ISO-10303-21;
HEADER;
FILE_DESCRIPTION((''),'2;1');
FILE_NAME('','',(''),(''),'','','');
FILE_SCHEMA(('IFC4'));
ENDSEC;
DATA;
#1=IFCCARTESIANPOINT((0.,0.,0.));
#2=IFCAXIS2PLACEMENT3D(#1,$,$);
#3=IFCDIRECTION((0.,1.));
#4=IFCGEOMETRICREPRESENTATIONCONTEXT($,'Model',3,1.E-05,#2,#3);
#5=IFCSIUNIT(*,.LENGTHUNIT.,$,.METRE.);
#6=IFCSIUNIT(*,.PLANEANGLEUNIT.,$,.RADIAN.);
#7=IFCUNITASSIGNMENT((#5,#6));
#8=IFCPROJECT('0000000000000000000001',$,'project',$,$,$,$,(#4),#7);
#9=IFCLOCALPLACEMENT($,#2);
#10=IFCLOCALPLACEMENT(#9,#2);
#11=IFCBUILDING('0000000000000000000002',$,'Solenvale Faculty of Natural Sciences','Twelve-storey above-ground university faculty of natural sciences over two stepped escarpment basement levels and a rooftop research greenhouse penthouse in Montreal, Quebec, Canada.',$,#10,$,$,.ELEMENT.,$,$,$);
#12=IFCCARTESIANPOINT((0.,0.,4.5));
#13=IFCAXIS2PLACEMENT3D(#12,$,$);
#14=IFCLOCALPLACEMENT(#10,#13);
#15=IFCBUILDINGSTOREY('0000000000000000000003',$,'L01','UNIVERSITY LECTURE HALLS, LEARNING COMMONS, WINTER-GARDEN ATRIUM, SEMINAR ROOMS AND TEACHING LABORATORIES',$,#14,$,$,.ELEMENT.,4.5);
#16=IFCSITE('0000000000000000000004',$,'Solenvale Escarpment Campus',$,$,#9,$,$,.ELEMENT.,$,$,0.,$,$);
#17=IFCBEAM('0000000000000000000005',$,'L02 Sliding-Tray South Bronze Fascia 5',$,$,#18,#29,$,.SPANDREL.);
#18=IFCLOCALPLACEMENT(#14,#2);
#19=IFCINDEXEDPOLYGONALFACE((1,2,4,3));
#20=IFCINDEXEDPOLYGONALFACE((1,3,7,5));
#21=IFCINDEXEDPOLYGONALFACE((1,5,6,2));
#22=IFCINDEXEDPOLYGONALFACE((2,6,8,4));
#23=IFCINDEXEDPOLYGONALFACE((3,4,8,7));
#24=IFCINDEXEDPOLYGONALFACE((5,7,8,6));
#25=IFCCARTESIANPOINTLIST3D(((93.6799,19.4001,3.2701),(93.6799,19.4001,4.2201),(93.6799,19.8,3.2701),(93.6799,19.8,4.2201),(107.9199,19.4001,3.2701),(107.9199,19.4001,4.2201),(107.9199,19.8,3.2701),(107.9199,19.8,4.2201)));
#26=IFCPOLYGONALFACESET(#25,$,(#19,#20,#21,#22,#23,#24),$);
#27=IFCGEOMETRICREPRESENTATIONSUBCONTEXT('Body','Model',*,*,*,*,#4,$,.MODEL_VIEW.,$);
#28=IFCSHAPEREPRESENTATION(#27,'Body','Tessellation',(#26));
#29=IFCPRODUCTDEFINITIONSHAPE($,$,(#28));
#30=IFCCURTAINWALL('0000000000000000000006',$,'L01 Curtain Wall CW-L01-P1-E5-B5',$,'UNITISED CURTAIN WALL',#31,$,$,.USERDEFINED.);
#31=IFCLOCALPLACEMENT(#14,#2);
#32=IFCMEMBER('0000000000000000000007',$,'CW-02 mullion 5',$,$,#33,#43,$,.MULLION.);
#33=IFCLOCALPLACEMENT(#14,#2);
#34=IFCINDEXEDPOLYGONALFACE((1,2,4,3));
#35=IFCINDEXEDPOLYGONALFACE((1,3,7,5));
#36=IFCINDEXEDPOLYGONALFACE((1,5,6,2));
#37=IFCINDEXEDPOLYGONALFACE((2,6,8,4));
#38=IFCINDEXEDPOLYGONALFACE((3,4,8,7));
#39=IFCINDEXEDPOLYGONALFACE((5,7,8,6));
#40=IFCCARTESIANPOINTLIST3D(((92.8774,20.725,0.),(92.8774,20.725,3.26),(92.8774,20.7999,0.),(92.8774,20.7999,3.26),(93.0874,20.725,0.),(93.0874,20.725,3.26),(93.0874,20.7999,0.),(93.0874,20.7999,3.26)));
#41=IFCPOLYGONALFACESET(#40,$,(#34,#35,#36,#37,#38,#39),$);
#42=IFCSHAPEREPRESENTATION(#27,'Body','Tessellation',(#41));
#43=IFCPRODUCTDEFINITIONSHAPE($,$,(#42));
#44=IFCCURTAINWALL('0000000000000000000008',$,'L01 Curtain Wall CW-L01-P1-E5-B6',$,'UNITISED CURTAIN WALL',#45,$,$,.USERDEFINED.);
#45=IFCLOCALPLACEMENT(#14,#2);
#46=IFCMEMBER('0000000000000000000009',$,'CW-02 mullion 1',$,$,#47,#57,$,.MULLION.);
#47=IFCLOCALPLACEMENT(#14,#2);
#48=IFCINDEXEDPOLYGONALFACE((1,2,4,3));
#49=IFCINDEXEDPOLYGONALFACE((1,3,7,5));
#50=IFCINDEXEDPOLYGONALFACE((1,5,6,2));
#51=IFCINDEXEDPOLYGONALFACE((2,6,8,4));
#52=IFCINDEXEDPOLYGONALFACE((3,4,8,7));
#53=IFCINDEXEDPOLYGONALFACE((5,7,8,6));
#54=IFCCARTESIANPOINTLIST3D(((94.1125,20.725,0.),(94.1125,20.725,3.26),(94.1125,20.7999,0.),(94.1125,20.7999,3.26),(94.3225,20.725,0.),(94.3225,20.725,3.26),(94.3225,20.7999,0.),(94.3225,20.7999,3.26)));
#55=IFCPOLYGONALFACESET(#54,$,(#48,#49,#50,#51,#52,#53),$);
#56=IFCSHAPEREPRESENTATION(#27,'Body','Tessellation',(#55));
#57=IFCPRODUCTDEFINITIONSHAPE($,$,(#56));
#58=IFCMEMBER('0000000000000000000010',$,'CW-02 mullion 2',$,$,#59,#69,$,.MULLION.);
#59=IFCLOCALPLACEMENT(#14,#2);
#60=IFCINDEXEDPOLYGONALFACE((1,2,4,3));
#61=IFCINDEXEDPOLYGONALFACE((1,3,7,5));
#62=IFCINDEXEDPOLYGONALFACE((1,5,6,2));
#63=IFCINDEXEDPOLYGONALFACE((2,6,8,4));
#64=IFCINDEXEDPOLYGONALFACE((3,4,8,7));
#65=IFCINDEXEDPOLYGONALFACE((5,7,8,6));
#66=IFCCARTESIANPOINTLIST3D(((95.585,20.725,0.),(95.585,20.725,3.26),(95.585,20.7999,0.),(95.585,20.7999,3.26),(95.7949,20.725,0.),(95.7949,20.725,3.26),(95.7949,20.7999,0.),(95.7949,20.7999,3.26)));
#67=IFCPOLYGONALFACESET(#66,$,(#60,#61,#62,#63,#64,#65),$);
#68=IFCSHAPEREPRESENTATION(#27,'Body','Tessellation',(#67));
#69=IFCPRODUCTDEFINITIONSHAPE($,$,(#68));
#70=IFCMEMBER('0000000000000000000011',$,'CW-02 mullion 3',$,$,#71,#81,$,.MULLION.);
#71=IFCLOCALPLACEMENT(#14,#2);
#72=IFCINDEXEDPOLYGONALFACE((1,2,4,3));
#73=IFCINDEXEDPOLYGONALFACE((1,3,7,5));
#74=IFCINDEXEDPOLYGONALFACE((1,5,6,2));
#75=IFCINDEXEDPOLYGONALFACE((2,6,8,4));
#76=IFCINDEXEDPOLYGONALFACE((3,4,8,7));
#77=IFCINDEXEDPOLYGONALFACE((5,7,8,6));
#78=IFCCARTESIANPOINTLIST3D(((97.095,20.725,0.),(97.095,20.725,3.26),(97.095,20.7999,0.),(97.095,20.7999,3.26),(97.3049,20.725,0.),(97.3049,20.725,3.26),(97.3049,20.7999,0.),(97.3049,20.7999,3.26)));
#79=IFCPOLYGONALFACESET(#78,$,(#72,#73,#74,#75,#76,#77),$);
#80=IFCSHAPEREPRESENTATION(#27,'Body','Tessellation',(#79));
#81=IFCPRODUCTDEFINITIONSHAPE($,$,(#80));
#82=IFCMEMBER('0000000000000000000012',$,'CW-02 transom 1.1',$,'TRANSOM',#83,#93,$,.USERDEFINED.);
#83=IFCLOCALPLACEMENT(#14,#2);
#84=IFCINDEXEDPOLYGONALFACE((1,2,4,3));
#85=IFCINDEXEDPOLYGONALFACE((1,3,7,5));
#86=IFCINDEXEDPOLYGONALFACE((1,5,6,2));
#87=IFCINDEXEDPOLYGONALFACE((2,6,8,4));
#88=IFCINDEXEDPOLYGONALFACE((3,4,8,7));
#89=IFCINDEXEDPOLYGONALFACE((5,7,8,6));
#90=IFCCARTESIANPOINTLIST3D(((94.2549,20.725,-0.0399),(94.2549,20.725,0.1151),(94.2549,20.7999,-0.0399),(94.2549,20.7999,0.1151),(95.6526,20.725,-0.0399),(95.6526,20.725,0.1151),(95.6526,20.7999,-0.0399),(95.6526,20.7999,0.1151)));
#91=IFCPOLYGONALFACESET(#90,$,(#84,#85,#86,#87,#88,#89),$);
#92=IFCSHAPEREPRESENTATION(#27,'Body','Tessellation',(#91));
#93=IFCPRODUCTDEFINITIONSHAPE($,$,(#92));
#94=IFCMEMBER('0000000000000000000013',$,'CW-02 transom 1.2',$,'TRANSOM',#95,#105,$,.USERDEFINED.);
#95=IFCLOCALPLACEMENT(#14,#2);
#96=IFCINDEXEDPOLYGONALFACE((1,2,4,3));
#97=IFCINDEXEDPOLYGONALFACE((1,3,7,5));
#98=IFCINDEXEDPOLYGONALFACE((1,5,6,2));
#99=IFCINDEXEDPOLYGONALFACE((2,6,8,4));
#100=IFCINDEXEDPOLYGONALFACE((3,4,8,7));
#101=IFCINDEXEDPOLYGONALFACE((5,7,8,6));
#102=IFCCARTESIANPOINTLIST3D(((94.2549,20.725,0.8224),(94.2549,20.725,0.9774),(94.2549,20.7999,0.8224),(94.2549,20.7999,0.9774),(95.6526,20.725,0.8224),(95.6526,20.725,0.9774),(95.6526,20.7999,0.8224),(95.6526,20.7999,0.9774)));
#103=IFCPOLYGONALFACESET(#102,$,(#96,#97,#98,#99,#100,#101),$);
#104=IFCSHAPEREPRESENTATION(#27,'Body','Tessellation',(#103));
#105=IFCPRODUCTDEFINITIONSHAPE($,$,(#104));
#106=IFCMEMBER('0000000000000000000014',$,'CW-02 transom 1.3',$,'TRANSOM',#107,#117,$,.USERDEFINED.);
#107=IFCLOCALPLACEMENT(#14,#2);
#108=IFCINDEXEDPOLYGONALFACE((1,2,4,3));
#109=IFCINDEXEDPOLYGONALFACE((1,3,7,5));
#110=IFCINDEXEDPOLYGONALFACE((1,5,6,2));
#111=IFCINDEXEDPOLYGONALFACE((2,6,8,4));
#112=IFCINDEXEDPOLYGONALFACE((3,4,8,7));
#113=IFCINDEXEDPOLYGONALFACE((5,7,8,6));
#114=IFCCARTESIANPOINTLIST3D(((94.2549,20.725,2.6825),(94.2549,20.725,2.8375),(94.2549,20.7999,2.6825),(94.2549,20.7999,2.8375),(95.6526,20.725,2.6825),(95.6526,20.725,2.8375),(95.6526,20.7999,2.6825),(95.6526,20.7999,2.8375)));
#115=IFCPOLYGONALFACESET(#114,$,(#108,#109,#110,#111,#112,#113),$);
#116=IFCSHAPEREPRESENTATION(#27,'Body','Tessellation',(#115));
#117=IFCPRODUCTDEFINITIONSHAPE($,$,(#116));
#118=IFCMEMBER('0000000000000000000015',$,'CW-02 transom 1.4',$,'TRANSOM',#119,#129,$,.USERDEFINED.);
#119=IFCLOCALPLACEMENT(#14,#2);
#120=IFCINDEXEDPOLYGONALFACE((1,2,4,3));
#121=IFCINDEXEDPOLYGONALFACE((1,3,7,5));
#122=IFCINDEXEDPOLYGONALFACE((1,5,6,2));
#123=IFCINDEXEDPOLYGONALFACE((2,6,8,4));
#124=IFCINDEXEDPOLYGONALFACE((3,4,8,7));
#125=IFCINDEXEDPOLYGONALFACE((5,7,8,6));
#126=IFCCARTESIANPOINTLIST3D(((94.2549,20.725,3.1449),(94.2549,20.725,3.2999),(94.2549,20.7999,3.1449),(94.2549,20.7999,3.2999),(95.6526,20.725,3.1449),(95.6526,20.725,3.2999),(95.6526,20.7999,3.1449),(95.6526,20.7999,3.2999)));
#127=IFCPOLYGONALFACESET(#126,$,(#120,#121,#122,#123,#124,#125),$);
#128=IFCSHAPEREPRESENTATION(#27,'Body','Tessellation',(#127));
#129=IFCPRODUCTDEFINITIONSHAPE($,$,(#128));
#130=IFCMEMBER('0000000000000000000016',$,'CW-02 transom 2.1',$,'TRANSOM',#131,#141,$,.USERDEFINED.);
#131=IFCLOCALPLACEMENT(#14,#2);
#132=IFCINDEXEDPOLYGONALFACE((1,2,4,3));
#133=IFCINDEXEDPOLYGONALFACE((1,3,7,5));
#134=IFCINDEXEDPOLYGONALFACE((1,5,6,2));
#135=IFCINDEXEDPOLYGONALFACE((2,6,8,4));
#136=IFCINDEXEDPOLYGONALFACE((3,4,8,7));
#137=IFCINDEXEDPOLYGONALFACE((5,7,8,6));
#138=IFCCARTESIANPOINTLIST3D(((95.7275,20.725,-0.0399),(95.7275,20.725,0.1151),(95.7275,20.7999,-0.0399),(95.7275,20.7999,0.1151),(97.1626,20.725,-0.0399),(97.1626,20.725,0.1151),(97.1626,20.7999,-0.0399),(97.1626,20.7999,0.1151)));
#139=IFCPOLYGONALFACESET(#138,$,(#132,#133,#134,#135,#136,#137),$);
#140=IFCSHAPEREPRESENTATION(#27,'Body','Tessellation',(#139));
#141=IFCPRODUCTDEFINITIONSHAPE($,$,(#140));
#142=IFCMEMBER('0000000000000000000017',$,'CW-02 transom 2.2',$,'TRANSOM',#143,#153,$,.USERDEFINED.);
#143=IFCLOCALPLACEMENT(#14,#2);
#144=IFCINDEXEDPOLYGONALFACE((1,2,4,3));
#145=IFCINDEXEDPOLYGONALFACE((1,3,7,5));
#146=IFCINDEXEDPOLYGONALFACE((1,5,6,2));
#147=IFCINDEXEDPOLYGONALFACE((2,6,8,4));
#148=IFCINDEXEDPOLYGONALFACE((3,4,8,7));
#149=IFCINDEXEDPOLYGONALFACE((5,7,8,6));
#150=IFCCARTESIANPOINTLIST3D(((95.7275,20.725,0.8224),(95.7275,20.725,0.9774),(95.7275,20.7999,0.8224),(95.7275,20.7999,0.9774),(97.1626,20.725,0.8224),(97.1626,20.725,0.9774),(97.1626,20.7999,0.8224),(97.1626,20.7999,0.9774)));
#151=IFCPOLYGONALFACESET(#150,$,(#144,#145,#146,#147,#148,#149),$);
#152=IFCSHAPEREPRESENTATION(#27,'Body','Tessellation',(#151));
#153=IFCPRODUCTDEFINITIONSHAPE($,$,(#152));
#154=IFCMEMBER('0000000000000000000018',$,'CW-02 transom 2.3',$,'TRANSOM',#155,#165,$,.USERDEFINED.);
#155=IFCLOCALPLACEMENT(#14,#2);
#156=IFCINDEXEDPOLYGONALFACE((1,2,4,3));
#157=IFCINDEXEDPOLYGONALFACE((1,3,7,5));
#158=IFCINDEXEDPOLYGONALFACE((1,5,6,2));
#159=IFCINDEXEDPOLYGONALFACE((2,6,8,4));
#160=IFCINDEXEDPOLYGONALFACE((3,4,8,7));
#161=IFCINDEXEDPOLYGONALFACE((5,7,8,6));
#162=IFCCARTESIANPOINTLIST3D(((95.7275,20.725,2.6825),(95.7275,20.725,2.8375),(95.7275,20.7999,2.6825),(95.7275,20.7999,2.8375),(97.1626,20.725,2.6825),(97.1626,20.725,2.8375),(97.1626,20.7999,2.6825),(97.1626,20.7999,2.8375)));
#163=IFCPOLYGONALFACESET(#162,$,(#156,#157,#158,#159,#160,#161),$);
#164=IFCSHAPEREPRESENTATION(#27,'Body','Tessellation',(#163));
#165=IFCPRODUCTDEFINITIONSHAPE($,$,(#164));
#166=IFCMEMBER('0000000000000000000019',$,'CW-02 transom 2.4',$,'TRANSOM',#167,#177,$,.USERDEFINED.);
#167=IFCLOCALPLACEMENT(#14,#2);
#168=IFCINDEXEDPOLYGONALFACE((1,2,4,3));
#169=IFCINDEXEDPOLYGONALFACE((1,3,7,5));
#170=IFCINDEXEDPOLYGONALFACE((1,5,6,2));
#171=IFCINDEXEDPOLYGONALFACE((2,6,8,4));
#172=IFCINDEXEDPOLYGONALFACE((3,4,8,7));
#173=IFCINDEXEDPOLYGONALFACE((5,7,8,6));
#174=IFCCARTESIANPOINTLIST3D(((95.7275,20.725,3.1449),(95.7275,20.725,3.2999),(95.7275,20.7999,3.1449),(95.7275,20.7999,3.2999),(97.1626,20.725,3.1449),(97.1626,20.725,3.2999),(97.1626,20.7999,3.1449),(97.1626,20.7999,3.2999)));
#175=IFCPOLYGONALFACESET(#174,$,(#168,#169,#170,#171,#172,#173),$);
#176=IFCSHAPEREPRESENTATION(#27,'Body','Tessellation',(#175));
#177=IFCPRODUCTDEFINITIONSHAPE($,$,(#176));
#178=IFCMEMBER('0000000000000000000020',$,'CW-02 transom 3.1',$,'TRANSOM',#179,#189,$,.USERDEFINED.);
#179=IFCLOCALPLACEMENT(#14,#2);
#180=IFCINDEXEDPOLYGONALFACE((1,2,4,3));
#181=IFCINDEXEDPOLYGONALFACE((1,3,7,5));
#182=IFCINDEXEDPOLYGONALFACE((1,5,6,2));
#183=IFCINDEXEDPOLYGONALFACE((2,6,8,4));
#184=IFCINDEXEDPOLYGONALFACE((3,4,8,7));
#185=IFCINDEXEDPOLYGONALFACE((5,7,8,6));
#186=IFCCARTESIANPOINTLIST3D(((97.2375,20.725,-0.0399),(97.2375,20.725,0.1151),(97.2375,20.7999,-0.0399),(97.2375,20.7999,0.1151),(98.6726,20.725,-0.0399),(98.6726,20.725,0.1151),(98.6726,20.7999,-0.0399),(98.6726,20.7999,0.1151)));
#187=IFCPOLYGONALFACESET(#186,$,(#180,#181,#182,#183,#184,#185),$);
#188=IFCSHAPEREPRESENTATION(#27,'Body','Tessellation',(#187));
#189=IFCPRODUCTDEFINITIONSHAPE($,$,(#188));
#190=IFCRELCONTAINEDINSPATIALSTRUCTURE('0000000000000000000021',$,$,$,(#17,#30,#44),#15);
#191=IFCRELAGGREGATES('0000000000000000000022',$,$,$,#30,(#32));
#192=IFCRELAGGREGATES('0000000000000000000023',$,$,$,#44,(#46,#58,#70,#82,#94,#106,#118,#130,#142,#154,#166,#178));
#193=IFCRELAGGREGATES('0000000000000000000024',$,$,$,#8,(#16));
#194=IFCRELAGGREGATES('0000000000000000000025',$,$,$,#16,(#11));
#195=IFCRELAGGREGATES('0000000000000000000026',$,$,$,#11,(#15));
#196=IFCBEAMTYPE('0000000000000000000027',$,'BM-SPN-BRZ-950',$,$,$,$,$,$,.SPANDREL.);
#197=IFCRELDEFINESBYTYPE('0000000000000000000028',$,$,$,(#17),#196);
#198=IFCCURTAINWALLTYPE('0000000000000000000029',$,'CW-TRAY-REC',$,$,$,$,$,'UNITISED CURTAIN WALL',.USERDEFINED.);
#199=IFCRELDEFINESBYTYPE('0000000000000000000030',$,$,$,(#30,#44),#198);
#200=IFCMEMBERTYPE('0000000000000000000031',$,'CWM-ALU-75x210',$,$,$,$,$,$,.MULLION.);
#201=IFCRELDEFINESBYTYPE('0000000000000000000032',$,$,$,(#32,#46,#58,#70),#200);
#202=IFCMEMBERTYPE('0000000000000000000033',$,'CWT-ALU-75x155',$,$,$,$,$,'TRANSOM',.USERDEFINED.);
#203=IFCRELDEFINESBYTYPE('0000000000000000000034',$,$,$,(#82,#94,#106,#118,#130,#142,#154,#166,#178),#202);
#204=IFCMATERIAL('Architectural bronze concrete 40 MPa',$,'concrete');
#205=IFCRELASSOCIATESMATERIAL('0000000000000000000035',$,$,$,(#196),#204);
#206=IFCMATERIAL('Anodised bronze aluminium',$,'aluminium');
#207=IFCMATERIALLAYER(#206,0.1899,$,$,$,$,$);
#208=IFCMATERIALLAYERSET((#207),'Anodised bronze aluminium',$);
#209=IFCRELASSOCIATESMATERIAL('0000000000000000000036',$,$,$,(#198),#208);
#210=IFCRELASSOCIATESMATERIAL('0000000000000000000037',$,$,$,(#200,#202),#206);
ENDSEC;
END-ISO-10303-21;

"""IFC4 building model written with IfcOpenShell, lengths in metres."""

from ifc_helpers import new_model, si_unit, direction, frame, origin, origin_2d, place, context, subcontext, project, spatial, rectangle, extrude, material, layer, layer_set, material_profile, profile_set, type_object, element, aggregate, save


model = new_model("IFC4")

# Units and contexts
model_context = context("Model", 3, precision=1e-05, world=origin(), true_north=direction((0.0, 1.0)))
body_context = subcontext(model_context, "Body", "Model", "MODEL_VIEW")
ifc_project = project(units=[si_unit("LENGTHUNIT", "METRE"), si_unit("PLANEANGLEUNIT", "RADIAN")], contexts=[model_context])

# Site, building, storey
site_placement = place(None, origin())
site = spatial("IfcSite", under=ifc_project, at=site_placement, Name="Solenvale Escarpment Campus", CompositionType="ELEMENT", RefElevation=0.0)
building_placement = place(site_placement, origin())
building = spatial("IfcBuilding", under=site, at=building_placement, Name="Solenvale Faculty of Natural Sciences", Description="Twelve-storey above-ground university faculty of natural sciences over two stepped escarpment basement levels and a rooftop research greenhouse penthouse in Montreal, Quebec, Canada.", CompositionType="ELEMENT")
storey_placement = place(building_placement, frame((0.0, 0.0, 4.5)))
storey = spatial("IfcBuildingStorey", under=building, at=storey_placement, Name="L01", Description="UNIVERSITY LECTURE HALLS, LEARNING COMMONS, WINTER-GARDEN ATRIUM, SEMINAR ROOMS AND TEACHING LABORATORIES", CompositionType="ELEMENT", Elevation=4.5)

# Beam
ifc_material_1 = material(Name="Architectural bronze concrete 40 MPa", Category="concrete")
ifc_material_profile_1 = material_profile(ifc_material_1, rectangle(XDim=0.3999, YDim=0.95, at=origin_2d()), Name="RC-SPN-400x950")
ifc_profile_set_1 = profile_set([ifc_material_profile_1], Name="Architectural bronze concrete 40 MPa")
beam_type = type_object("IfcBeamType", Name="BM-SPN-BRZ-950", PredefinedType="SPANDREL", material=ifc_profile_set_1)
beam_placement = place(storey_placement, frame((93.6799, 19.6001, 3.7451), z_axis=(1.0, 0.0, 0.0), x_axis=(0.0, 1.0, 0.0)))
element("IfcBeam", 1, at=beam_placement, inside=storey, type_object=beam_type, Name="L02 Sliding-Tray South Bronze Fascia 5", PredefinedType="SPANDREL", context=body_context, shape_type="SweptSolid", body=[
    extrude(rectangle(XDim=0.3999, YDim=0.95, at=origin_2d()), origin(), (0.0, 0.0, 1.0), 14.24),
])

# Curtain wall, member
ifc_material_2 = material(Name="Anodised bronze aluminium", Category="aluminium")
ifc_layer_1 = layer(ifc_material_2, 0.1899)
ifc_layer_set_1 = layer_set([ifc_layer_1], Name="Anodised bronze aluminium")
curtain_wall_type = type_object("IfcCurtainWallType", Name="CW-TRAY-REC", ElementType="UNITISED CURTAIN WALL", PredefinedType="USERDEFINED", material=ifc_layer_set_1)
curtain_wall_1_placement = place(storey_placement, origin())
curtain_wall_1 = element("IfcCurtainWall", 2, at=curtain_wall_1_placement, inside=storey, type_object=curtain_wall_type, Name="L01 Curtain Wall CW-L01-P1-E5-B5", ObjectType="UNITISED CURTAIN WALL", PredefinedType="USERDEFINED")
ifc_material_profile_2 = material_profile(ifc_material_2, rectangle(XDim=0.075, YDim=0.21, at=origin_2d()), Name="ALU-MUL-75x210")
ifc_profile_set_2 = profile_set([ifc_material_profile_2], Name="Anodised bronze aluminium")
member_type_1 = type_object("IfcMemberType", Name="CWM-ALU-75x210", PredefinedType="MULLION", material=ifc_profile_set_2)
member_1_placement = place(storey_placement, frame((92.9824, 20.7625, 0.0), z_axis=(0.0, 0.0, 1.0), x_axis=(0.0, 1.0, 0.0)))
member_1 = element("IfcMember", 3, at=member_1_placement, type_object=member_type_1, Name="CW-02 mullion 5", PredefinedType="MULLION", context=body_context, shape_type="SweptSolid", body=[
    extrude(rectangle(XDim=0.075, YDim=0.21, at=origin_2d()), origin(), (0.0, 0.0, 1.0), 3.26),
])
aggregate(curtain_wall_1, [member_1])

# Curtain wall, members
curtain_wall_2_placement = place(storey_placement, origin())
curtain_wall_2 = element("IfcCurtainWall", 4, at=curtain_wall_2_placement, inside=storey, type_object=curtain_wall_type, Name="L01 Curtain Wall CW-L01-P1-E5-B6", ObjectType="UNITISED CURTAIN WALL", PredefinedType="USERDEFINED")
member_2_placement = place(storey_placement, frame((94.2175, 20.7625, 0.0), z_axis=(0.0, 0.0, 1.0), x_axis=(0.0, 1.0, 0.0)))
member_2 = element("IfcMember", 5, at=member_2_placement, type_object=member_type_1, Name="CW-02 mullion 1", PredefinedType="MULLION", context=body_context, shape_type="SweptSolid", body=[
    extrude(rectangle(XDim=0.075, YDim=0.21, at=origin_2d()), origin(), (0.0, 0.0, 1.0), 3.26),
])
member_3_placement = place(storey_placement, frame((95.6899, 20.7625, 0.0), z_axis=(0.0, 0.0, 1.0), x_axis=(0.0, 1.0, 0.0)))
member_3 = element("IfcMember", 6, at=member_3_placement, type_object=member_type_1, Name="CW-02 mullion 2", PredefinedType="MULLION", context=body_context, shape_type="SweptSolid", body=[
    extrude(rectangle(XDim=0.075, YDim=0.21, at=origin_2d()), origin(), (0.0, 0.0, 1.0), 3.26),
])
member_4_placement = place(storey_placement, frame((97.2, 20.7625, 0.0), z_axis=(0.0, 0.0, 1.0), x_axis=(0.0, 1.0, 0.0)))
member_4 = element("IfcMember", 7, at=member_4_placement, type_object=member_type_1, Name="CW-02 mullion 3", PredefinedType="MULLION", context=body_context, shape_type="SweptSolid", body=[
    extrude(rectangle(XDim=0.075, YDim=0.21, at=origin_2d()), origin(), (0.0, 0.0, 1.0), 3.26),
])
ifc_material_profile_3 = material_profile(ifc_material_2, rectangle(XDim=0.075, YDim=0.155, at=origin_2d()), Name="ALU-TRN-75x155")
ifc_profile_set_3 = profile_set([ifc_material_profile_3], Name="Anodised bronze aluminium")
member_type_2 = type_object("IfcMemberType", Name="CWT-ALU-75x155", ElementType="TRANSOM", PredefinedType="USERDEFINED", material=ifc_profile_set_3)
member_5_placement = place(storey_placement, frame((94.2549, 20.7625, 0.0376), z_axis=(1.0, 0.0, 0.0), x_axis=(0.0, 1.0, 0.0)))
member_5 = element("IfcMember", 8, at=member_5_placement, type_object=member_type_2, Name="CW-02 transom 1.1", ObjectType="TRANSOM", PredefinedType="USERDEFINED", context=body_context, shape_type="SweptSolid", body=[
    extrude(rectangle(XDim=0.075, YDim=0.155, at=origin_2d()), origin(), (0.0, 0.0, 1.0), 1.3977),
])
member_6_placement = place(storey_placement, frame((94.2549, 20.7625, 0.8999), z_axis=(1.0, 0.0, 0.0), x_axis=(0.0, 1.0, 0.0)))
member_6 = element("IfcMember", 9, at=member_6_placement, type_object=member_type_2, Name="CW-02 transom 1.2", ObjectType="TRANSOM", PredefinedType="USERDEFINED", context=body_context, shape_type="SweptSolid", body=[
    extrude(rectangle(XDim=0.075, YDim=0.155, at=origin_2d()), origin(), (0.0, 0.0, 1.0), 1.3977),
])
member_7_placement = place(storey_placement, frame((94.2549, 20.7625, 2.76), z_axis=(1.0, 0.0, 0.0), x_axis=(0.0, 1.0, 0.0)))
member_7 = element("IfcMember", 10, at=member_7_placement, type_object=member_type_2, Name="CW-02 transom 1.3", ObjectType="TRANSOM", PredefinedType="USERDEFINED", context=body_context, shape_type="SweptSolid", body=[
    extrude(rectangle(XDim=0.075, YDim=0.155, at=origin_2d()), origin(), (0.0, 0.0, 1.0), 1.3977),
])
member_8_placement = place(storey_placement, frame((94.2549, 20.7625, 3.2224), z_axis=(1.0, 0.0, 0.0), x_axis=(0.0, 1.0, 0.0)))
member_8 = element("IfcMember", 11, at=member_8_placement, type_object=member_type_2, Name="CW-02 transom 1.4", ObjectType="TRANSOM", PredefinedType="USERDEFINED", context=body_context, shape_type="SweptSolid", body=[
    extrude(rectangle(XDim=0.075, YDim=0.155, at=origin_2d()), origin(), (0.0, 0.0, 1.0), 1.3977),
])
member_9_placement = place(storey_placement, frame((95.7275, 20.7625, 0.0376), z_axis=(1.0, 0.0, 0.0), x_axis=(0.0, 1.0, 0.0)))
member_9 = element("IfcMember", 12, at=member_9_placement, type_object=member_type_2, Name="CW-02 transom 2.1", ObjectType="TRANSOM", PredefinedType="USERDEFINED", context=body_context, shape_type="SweptSolid", body=[
    extrude(rectangle(XDim=0.075, YDim=0.155, at=origin_2d()), origin(), (0.0, 0.0, 1.0), 1.4351),
])
member_10_placement = place(storey_placement, frame((95.7275, 20.7625, 0.8999), z_axis=(1.0, 0.0, 0.0), x_axis=(0.0, 1.0, 0.0)))
member_10 = element("IfcMember", 13, at=member_10_placement, type_object=member_type_2, Name="CW-02 transom 2.2", ObjectType="TRANSOM", PredefinedType="USERDEFINED", context=body_context, shape_type="SweptSolid", body=[
    extrude(rectangle(XDim=0.075, YDim=0.155, at=origin_2d()), origin(), (0.0, 0.0, 1.0), 1.4351),
])
member_11_placement = place(storey_placement, frame((95.7275, 20.7625, 2.76), z_axis=(1.0, 0.0, 0.0), x_axis=(0.0, 1.0, 0.0)))
member_11 = element("IfcMember", 14, at=member_11_placement, type_object=member_type_2, Name="CW-02 transom 2.3", ObjectType="TRANSOM", PredefinedType="USERDEFINED", context=body_context, shape_type="SweptSolid", body=[
    extrude(rectangle(XDim=0.075, YDim=0.155, at=origin_2d()), origin(), (0.0, 0.0, 1.0), 1.4351),
])
member_12_placement = place(storey_placement, frame((95.7275, 20.7625, 3.2224), z_axis=(1.0, 0.0, 0.0), x_axis=(0.0, 1.0, 0.0)))
member_12 = element("IfcMember", 15, at=member_12_placement, type_object=member_type_2, Name="CW-02 transom 2.4", ObjectType="TRANSOM", PredefinedType="USERDEFINED", context=body_context, shape_type="SweptSolid", body=[
    extrude(rectangle(XDim=0.075, YDim=0.155, at=origin_2d()), origin(), (0.0, 0.0, 1.0), 1.4351),
])
member_13_placement = place(storey_placement, frame((97.2375, 20.7625, 0.0376), z_axis=(1.0, 0.0, 0.0), x_axis=(0.0, 1.0, 0.0)))
member_13 = element("IfcMember", 16, at=member_13_placement, type_object=member_type_2, Name="CW-02 transom 3.1", ObjectType="TRANSOM", PredefinedType="USERDEFINED", context=body_context, shape_type="SweptSolid", body=[
    extrude(rectangle(XDim=0.075, YDim=0.155, at=origin_2d()), origin(), (0.0, 0.0, 1.0), 1.4351),
])
aggregate(curtain_wall_2, [member_2, member_3, member_4, member_5, member_6, member_7, member_8, member_9, member_10, member_11, member_12, member_13])

save(model, "model.ifc")
